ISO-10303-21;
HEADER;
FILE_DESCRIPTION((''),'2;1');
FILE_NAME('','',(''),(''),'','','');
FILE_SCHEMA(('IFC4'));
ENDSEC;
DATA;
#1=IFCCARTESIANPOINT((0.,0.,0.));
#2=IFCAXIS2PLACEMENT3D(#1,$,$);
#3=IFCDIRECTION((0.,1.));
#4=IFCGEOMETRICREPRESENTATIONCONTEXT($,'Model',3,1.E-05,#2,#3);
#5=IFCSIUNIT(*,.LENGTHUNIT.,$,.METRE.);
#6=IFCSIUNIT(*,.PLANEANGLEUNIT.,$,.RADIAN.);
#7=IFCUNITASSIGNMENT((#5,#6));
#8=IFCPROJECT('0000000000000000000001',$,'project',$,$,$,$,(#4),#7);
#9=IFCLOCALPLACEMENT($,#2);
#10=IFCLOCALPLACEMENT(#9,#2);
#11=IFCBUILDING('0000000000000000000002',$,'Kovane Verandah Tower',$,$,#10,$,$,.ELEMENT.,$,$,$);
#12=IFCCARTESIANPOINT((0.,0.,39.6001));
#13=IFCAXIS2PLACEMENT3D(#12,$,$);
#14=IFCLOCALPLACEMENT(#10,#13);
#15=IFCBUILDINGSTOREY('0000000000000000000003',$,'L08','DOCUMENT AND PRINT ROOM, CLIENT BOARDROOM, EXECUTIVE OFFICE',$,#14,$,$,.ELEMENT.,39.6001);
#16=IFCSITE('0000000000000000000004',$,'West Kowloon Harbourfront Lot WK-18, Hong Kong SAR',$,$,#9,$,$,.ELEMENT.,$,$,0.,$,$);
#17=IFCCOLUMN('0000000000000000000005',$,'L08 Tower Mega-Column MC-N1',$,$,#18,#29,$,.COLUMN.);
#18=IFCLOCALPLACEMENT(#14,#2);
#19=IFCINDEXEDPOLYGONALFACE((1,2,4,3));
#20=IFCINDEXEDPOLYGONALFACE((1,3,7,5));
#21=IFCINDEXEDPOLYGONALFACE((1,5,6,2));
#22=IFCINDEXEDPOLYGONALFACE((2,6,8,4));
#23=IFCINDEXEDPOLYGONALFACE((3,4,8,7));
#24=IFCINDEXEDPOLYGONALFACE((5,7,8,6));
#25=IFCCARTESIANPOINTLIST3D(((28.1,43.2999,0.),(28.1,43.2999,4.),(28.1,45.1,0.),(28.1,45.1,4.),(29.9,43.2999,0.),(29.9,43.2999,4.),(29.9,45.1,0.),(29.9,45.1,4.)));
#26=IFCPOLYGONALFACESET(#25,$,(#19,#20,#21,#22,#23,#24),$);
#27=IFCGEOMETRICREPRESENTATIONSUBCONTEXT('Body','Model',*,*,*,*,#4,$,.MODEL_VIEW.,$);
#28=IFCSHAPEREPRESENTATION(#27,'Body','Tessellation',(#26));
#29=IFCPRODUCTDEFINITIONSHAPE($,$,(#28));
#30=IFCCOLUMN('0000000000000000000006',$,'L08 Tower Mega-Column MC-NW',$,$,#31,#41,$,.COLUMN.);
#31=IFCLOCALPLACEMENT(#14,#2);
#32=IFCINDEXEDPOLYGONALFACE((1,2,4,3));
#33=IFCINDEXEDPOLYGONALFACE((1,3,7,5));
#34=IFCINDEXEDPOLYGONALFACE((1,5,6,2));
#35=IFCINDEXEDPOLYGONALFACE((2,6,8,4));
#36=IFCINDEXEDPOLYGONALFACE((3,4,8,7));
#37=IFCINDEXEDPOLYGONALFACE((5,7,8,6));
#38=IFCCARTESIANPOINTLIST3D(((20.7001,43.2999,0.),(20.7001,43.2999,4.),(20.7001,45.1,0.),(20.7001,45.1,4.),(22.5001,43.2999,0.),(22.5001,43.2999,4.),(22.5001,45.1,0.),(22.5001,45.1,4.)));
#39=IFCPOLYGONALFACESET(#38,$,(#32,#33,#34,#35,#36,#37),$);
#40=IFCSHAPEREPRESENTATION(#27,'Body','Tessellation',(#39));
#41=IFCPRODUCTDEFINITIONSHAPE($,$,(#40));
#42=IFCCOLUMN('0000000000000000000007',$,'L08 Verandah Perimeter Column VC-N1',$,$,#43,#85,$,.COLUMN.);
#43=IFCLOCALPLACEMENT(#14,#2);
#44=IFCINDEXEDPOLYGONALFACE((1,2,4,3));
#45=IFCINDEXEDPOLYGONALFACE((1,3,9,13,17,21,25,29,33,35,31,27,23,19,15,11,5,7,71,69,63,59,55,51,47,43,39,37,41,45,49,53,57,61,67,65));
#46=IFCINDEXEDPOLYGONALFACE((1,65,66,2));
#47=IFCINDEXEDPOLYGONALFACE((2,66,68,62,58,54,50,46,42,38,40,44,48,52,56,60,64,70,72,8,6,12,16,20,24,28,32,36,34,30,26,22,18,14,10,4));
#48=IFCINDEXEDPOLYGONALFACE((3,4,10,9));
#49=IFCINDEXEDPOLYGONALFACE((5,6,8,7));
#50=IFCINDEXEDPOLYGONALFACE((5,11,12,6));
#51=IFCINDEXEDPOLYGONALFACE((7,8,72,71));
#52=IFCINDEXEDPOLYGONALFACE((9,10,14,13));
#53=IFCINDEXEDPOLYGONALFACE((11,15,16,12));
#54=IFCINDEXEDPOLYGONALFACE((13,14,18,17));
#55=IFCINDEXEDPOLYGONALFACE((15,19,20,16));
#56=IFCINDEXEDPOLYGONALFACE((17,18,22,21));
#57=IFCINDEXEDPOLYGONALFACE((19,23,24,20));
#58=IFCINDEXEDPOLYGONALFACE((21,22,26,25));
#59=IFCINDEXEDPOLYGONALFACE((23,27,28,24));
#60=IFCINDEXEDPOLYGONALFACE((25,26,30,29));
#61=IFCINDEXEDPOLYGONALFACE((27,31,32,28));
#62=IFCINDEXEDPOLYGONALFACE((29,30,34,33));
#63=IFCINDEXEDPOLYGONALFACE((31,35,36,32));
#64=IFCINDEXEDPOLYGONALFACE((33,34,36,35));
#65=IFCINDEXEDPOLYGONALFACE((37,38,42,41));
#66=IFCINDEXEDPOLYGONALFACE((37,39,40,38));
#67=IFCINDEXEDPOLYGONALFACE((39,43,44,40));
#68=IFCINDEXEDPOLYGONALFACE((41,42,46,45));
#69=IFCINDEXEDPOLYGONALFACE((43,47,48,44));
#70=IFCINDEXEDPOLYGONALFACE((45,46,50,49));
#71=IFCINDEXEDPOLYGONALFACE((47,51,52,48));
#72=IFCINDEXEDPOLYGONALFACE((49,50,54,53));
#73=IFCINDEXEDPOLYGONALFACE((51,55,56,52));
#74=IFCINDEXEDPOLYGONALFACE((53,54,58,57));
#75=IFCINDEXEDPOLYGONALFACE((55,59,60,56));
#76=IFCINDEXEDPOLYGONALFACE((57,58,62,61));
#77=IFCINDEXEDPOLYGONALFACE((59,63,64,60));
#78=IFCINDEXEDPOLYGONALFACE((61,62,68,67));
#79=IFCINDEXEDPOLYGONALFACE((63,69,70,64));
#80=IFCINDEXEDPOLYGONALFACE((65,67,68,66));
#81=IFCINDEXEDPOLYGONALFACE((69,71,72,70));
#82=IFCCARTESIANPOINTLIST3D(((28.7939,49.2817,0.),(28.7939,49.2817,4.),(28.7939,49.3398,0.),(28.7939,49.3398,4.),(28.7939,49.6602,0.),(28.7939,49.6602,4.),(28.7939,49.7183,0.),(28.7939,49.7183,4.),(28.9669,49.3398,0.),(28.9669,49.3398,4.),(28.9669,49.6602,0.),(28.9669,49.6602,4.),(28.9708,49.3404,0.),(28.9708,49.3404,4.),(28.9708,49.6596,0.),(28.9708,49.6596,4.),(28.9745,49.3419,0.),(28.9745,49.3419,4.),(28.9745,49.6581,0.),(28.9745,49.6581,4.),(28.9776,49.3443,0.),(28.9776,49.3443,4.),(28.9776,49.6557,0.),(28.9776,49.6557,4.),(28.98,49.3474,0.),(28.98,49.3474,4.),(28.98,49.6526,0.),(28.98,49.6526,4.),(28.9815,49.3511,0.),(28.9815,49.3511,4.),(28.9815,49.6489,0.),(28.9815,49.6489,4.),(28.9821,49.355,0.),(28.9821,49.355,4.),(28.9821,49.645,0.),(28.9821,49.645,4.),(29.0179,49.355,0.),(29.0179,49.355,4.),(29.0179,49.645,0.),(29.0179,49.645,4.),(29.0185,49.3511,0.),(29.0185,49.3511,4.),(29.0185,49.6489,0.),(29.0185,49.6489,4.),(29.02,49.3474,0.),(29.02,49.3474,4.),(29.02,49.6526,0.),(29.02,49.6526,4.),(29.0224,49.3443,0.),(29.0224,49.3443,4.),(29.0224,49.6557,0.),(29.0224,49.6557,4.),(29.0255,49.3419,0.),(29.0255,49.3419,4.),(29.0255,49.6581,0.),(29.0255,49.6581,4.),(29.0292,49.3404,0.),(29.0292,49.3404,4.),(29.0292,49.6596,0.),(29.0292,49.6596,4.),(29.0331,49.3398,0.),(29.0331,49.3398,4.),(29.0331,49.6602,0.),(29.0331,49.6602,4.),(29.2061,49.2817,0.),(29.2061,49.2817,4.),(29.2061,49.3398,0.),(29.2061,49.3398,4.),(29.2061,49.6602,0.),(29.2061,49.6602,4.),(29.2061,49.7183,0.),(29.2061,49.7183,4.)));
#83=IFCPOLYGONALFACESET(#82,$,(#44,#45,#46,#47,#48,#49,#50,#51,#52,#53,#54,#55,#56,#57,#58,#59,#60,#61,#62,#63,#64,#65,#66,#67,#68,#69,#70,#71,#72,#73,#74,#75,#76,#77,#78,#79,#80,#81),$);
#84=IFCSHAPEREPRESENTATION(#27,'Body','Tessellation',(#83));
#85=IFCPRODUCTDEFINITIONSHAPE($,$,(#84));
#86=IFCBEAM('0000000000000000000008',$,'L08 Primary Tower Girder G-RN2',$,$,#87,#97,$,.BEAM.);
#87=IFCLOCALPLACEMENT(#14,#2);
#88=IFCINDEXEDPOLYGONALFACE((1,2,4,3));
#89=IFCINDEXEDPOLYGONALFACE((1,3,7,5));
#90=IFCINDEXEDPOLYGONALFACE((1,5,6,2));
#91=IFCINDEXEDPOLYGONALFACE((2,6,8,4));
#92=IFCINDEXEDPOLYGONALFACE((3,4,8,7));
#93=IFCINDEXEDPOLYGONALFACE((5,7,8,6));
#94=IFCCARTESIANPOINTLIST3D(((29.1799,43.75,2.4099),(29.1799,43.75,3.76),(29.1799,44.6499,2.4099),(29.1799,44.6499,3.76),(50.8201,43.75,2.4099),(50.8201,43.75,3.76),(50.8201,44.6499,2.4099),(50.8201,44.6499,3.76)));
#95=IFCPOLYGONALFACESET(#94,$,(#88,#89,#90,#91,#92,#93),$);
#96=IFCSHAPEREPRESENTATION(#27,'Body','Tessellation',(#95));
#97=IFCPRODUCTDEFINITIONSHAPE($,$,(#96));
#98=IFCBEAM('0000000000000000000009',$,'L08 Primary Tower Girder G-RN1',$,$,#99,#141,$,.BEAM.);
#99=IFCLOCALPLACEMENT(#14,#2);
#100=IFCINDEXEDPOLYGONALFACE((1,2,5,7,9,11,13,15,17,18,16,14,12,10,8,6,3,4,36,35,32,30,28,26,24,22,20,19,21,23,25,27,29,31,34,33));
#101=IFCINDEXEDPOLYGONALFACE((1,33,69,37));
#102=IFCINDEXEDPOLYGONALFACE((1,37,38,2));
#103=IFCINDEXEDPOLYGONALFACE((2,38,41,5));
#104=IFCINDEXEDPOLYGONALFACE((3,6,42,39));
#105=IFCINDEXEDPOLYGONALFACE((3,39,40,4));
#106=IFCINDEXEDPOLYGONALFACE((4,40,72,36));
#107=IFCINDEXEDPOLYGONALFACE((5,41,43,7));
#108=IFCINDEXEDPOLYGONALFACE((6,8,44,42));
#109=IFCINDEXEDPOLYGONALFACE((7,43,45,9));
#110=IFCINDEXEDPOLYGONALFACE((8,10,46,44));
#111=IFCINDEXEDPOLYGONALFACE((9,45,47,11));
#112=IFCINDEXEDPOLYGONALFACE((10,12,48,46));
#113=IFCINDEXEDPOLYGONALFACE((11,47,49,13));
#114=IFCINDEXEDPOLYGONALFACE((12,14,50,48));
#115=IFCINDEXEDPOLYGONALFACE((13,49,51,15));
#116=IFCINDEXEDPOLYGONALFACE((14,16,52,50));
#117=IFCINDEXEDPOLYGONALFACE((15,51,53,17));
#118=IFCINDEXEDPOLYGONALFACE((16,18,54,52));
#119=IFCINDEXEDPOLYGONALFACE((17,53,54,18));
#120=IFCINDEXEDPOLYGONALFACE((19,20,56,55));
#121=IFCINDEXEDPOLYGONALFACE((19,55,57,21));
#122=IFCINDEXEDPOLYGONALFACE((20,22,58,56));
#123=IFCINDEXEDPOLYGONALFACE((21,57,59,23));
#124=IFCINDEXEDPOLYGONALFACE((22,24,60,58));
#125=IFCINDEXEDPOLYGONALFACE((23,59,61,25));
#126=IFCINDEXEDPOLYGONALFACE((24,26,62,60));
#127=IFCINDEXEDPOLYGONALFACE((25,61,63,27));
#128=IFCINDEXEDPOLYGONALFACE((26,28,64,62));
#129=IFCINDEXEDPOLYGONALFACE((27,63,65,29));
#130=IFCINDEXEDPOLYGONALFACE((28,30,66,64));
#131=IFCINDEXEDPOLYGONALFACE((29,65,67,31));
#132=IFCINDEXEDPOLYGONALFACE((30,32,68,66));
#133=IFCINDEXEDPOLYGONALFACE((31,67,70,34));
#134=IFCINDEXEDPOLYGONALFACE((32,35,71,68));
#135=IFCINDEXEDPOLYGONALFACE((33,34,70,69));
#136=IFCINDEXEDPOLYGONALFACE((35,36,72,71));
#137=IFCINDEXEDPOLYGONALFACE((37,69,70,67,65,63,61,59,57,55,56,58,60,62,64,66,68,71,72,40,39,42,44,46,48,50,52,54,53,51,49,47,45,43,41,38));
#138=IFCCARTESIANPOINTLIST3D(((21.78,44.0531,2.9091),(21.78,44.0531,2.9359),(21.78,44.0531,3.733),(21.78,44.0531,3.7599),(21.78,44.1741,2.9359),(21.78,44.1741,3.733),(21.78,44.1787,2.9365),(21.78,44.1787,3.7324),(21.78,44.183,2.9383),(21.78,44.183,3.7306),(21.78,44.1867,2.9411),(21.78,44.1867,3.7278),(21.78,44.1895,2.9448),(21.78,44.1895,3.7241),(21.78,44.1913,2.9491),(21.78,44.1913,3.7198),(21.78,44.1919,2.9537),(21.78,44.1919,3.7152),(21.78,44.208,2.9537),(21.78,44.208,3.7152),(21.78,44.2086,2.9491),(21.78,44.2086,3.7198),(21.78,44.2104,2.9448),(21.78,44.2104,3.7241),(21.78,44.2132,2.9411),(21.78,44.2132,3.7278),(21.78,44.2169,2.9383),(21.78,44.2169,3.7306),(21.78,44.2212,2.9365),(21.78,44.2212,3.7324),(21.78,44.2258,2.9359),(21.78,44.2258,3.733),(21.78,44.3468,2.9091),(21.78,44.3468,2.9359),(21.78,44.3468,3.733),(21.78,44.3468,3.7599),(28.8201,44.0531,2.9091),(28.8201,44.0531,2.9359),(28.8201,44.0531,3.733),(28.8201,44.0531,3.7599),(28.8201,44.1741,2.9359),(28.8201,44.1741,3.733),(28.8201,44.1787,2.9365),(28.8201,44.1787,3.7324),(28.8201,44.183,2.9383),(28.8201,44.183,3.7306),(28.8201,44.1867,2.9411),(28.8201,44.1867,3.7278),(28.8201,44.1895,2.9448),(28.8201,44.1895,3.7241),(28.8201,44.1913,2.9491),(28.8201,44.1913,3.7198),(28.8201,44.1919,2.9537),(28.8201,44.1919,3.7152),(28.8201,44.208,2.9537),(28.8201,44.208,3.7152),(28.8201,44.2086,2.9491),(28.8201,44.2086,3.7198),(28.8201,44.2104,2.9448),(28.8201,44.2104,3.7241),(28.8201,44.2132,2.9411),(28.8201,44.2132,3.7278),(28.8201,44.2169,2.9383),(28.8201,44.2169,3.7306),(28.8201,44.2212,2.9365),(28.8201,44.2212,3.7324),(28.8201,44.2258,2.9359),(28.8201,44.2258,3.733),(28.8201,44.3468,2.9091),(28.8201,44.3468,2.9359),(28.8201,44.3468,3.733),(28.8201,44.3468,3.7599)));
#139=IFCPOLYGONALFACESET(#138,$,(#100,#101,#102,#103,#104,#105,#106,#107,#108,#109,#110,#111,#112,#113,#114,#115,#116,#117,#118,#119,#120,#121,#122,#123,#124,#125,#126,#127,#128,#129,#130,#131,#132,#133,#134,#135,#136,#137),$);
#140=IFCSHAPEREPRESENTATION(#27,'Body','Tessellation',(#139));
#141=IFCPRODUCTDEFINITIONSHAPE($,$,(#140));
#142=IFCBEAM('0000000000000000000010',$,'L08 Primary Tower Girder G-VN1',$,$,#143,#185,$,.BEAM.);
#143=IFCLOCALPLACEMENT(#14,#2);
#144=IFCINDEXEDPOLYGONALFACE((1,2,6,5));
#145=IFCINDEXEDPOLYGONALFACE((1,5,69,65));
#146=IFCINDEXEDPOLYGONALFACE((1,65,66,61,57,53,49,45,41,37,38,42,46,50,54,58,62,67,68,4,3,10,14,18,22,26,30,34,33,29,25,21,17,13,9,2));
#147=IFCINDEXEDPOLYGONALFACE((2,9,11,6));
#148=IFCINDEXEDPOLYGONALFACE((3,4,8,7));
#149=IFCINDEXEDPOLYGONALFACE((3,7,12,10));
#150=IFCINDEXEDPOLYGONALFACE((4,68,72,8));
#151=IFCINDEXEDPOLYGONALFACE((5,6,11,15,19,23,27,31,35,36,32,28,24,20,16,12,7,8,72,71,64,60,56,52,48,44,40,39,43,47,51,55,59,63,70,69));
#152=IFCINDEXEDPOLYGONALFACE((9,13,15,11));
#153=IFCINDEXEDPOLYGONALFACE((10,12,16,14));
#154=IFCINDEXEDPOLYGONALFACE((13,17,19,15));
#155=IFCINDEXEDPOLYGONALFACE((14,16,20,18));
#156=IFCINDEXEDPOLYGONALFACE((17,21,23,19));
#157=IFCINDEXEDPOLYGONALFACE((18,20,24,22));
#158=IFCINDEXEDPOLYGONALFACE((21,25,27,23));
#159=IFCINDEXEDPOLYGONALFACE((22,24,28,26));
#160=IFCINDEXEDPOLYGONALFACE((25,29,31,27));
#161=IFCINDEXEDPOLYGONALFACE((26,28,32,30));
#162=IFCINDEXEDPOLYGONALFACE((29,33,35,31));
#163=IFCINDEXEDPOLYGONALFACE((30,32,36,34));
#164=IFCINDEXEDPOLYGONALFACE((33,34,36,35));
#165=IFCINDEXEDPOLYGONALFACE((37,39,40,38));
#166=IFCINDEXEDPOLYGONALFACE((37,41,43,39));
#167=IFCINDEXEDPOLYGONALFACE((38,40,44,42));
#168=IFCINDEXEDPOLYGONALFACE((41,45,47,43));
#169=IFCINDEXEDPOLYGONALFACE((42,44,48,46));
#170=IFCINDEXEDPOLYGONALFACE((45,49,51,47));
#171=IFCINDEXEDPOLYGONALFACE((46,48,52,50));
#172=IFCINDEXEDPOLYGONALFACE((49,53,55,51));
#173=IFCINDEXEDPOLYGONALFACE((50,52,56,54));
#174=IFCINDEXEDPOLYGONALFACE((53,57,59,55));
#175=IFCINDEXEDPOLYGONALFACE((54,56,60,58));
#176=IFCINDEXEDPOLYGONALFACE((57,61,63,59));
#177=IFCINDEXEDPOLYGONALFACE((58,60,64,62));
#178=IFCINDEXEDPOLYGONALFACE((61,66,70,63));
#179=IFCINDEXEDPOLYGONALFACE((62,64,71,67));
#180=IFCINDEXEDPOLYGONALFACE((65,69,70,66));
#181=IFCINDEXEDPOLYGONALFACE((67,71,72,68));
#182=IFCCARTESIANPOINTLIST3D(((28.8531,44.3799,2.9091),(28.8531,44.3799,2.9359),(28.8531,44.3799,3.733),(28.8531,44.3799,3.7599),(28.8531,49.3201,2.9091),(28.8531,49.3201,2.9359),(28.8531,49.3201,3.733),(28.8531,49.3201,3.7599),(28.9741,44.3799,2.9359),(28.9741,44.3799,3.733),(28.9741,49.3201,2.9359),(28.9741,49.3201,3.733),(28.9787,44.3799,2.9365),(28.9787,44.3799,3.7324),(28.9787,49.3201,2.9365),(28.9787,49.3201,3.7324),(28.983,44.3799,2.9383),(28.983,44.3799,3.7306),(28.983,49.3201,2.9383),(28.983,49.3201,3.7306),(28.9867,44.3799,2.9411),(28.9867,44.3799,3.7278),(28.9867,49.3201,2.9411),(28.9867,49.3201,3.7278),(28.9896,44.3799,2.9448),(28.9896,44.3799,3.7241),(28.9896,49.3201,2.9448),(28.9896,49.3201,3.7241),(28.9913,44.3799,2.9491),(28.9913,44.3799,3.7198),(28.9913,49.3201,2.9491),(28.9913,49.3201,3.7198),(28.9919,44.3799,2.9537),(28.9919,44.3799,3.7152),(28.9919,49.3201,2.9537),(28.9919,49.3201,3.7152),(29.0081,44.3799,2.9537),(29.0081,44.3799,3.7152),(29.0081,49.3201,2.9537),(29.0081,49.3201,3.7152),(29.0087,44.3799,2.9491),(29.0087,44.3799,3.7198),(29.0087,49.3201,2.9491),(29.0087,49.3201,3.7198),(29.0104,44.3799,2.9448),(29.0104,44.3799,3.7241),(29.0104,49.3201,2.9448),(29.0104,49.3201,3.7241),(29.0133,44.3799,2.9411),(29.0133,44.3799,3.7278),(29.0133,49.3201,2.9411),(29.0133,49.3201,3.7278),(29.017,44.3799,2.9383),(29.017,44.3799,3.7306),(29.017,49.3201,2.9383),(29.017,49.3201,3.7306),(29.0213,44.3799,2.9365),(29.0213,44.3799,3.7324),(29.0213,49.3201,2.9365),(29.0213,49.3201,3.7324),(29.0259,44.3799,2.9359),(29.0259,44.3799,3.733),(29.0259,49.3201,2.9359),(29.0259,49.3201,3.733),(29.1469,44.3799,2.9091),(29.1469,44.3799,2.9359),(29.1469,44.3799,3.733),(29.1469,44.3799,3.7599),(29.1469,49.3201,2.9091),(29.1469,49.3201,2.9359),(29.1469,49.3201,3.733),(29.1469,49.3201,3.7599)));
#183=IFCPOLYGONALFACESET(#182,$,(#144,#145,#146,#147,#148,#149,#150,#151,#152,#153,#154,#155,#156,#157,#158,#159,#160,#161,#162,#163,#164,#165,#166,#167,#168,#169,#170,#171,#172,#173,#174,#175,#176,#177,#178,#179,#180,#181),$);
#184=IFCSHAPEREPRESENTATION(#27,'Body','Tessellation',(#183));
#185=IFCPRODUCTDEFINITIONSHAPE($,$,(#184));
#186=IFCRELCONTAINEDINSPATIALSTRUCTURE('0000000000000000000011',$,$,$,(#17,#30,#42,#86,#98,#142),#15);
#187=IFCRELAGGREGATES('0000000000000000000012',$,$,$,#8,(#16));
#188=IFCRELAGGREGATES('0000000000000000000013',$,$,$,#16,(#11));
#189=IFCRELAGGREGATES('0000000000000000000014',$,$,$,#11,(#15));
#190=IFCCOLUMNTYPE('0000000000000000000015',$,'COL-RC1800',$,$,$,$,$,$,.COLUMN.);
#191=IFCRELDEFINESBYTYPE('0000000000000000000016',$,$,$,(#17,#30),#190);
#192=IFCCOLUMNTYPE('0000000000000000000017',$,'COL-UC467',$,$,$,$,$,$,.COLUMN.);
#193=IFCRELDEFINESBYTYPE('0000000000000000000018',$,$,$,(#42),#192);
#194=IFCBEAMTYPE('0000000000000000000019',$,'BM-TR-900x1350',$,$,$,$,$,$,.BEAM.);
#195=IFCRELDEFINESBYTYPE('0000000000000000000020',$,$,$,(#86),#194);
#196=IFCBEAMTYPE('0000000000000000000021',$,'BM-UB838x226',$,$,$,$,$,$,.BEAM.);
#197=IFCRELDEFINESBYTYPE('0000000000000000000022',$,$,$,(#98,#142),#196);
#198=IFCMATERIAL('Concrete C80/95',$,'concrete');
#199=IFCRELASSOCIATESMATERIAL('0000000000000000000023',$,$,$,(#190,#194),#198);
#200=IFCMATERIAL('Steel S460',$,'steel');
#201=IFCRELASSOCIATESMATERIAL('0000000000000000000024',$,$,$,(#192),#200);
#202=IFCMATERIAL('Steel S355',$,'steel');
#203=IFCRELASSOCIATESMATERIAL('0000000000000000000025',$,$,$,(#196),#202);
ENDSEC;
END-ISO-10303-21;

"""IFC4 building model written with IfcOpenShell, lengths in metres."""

from ifc_helpers import new_model, si_unit, direction, frame, origin, origin_2d, place, context, subcontext, project, spatial, rectangle, i_section, extrude, material, material_profile, profile_set, type_object, element, save


model = new_model("IFC4")

# Units and contexts
model_context = context("Model", 3, precision=1e-05, world=origin(), true_north=direction((0.0, 1.0)))
body_context = subcontext(model_context, "Body", "Model", "MODEL_VIEW")
ifc_project = project(units=[si_unit("LENGTHUNIT", "METRE"), si_unit("PLANEANGLEUNIT", "RADIAN")], contexts=[model_context])

# Site, building, storey
site_placement = place(None, origin())
site = spatial("IfcSite", under=ifc_project, at=site_placement, Name="West Kowloon Harbourfront Lot WK-18, Hong Kong SAR", CompositionType="ELEMENT", RefElevation=0.0)
building_placement = place(site_placement, origin())
building = spatial("IfcBuilding", under=site, at=building_placement, Name="Kovane Verandah Tower", CompositionType="ELEMENT")
storey_placement = place(building_placement, frame((0.0, 0.0, 39.6001)))
storey = spatial("IfcBuildingStorey", under=building, at=storey_placement, Name="L08", Description="DOCUMENT AND PRINT ROOM, CLIENT BOARDROOM, EXECUTIVE OFFICE", CompositionType="ELEMENT", Elevation=39.6001)

# Columns
ifc_material_1 = material(Name="Concrete C80/95", Category="concrete")
ifc_material_profile_1 = material_profile(ifc_material_1, rectangle(XDim=1.8, YDim=1.8, at=origin_2d()), Name="RC1800x1800")
ifc_profile_set_1 = profile_set([ifc_material_profile_1], Name="Concrete C80/95")
column_type_1 = type_object("IfcColumnType", Name="COL-RC1800", PredefinedType="COLUMN", material=ifc_profile_set_1)
for number, where, z_axis, x_axis, name in (
    (1, (29.0, 44.2, 0.0), (0.0, 0.0, 1.0), (1.0, 0.0, 0.0), "L08 Tower Mega-Column MC-N1"),
    (2, (21.6001, 44.2, 0.0), (0.0, 0.0, 1.0), (1.0, 0.0, 0.0), "L08 Tower Mega-Column MC-NW"),
):
    element("IfcColumn", number, at=place(storey_placement, frame(where, z_axis=z_axis, x_axis=x_axis)), inside=storey, type_object=column_type_1, Name=name, PredefinedType="COLUMN", context=body_context, shape_type="SweptSolid", body=[
        extrude(rectangle(XDim=1.8, YDim=1.8, at=origin_2d()), origin(), (0.0, 0.0, 1.0), 4.0),
    ])
ifc_material_2 = material(Name="Steel S460", Category="steel")
ifc_material_profile_2 = material_profile(ifc_material_2, i_section(OverallWidth=0.4121, OverallDepth=0.4365, WebThickness=0.0359, FlangeThickness=0.0581, FilletRadius=0.0151, at=origin_2d()), Name="UC356x406x467")
ifc_profile_set_2 = profile_set([ifc_material_profile_2], Name="Steel S460")
column_type_2 = type_object("IfcColumnType", Name="COL-UC467", PredefinedType="COLUMN", material=ifc_profile_set_2)
column_placement = place(storey_placement, frame((29.0, 49.5, 0.0), z_axis=(0.0, 0.0, 1.0), x_axis=(1.0, 0.0, 0.0)))
element("IfcColumn", 3, at=column_placement, inside=storey, type_object=column_type_2, Name="L08 Verandah Perimeter Column VC-N1", PredefinedType="COLUMN", context=body_context, shape_type="SweptSolid", body=[
    extrude(i_section(OverallWidth=0.4121, OverallDepth=0.4365, WebThickness=0.0359, FlangeThickness=0.0581, FilletRadius=0.0151, at=origin_2d()), origin(), (0.0, 0.0, 1.0), 4.0),
])

# Beams
ifc_material_profile_3 = material_profile(ifc_material_1, rectangle(XDim=0.8999, YDim=1.3501, at=origin_2d()), Name="RCB900x1350")
ifc_profile_set_3 = profile_set([ifc_material_profile_3], Name="Concrete C80/95")
beam_type_1 = type_object("IfcBeamType", Name="BM-TR-900x1350", PredefinedType="BEAM", material=ifc_profile_set_3)
beam_1_placement = place(storey_placement, frame((29.1799, 44.2, 3.085), z_axis=(1.0, 0.0, 0.0), x_axis=(0.0, 1.0, 0.0)))
element("IfcBeam", 4, at=beam_1_placement, inside=storey, type_object=beam_type_1, Name="L08 Primary Tower Girder G-RN2", PredefinedType="BEAM", context=body_context, shape_type="SweptSolid", body=[
    extrude(rectangle(XDim=0.8999, YDim=1.3501, at=origin_2d()), origin(), (0.0, 0.0, 1.0), 21.6401),
])
ifc_material_3 = material(Name="Steel S355", Category="steel")
ifc_material_profile_4 = material_profile(ifc_material_3, i_section(OverallWidth=0.2937, OverallDepth=0.8508, WebThickness=0.0161, FlangeThickness=0.0269, FilletRadius=0.0178, at=origin_2d()), Name="UB838x292x226")
ifc_profile_set_4 = profile_set([ifc_material_profile_4], Name="Steel S355")
beam_type_2 = type_object("IfcBeamType", Name="BM-UB838x226", PredefinedType="BEAM", material=ifc_profile_set_4)
beam_2_placement = place(storey_placement, frame((21.78, 44.2, 3.3345), z_axis=(1.0, 0.0, 0.0), x_axis=(0.0, 1.0, 0.0)))
element("IfcBeam", 5, at=beam_2_placement, inside=storey, type_object=beam_type_2, Name="L08 Primary Tower Girder G-RN1", PredefinedType="BEAM", context=body_context, shape_type="SweptSolid", body=[
    extrude(i_section(OverallWidth=0.2937, OverallDepth=0.8508, WebThickness=0.0161, FlangeThickness=0.0269, FilletRadius=0.0178, at=origin_2d()), origin(), (0.0, 0.0, 1.0), 7.04),
])
beam_3_placement = place(storey_placement, frame((29.0, 44.3799, 3.3345), z_axis=(0.0, 1.0, 0.0), x_axis=(-1.0, 0.0, 0.0)))
element("IfcBeam", 6, at=beam_3_placement, inside=storey, type_object=beam_type_2, Name="L08 Primary Tower Girder G-VN1", PredefinedType="BEAM", context=body_context, shape_type="SweptSolid", body=[
    extrude(i_section(OverallWidth=0.2937, OverallDepth=0.8508, WebThickness=0.0161, FlangeThickness=0.0269, FilletRadius=0.0178, at=origin_2d()), origin(), (0.0, 0.0, 1.0), 4.9402),
])

save(model, "model.ifc")
